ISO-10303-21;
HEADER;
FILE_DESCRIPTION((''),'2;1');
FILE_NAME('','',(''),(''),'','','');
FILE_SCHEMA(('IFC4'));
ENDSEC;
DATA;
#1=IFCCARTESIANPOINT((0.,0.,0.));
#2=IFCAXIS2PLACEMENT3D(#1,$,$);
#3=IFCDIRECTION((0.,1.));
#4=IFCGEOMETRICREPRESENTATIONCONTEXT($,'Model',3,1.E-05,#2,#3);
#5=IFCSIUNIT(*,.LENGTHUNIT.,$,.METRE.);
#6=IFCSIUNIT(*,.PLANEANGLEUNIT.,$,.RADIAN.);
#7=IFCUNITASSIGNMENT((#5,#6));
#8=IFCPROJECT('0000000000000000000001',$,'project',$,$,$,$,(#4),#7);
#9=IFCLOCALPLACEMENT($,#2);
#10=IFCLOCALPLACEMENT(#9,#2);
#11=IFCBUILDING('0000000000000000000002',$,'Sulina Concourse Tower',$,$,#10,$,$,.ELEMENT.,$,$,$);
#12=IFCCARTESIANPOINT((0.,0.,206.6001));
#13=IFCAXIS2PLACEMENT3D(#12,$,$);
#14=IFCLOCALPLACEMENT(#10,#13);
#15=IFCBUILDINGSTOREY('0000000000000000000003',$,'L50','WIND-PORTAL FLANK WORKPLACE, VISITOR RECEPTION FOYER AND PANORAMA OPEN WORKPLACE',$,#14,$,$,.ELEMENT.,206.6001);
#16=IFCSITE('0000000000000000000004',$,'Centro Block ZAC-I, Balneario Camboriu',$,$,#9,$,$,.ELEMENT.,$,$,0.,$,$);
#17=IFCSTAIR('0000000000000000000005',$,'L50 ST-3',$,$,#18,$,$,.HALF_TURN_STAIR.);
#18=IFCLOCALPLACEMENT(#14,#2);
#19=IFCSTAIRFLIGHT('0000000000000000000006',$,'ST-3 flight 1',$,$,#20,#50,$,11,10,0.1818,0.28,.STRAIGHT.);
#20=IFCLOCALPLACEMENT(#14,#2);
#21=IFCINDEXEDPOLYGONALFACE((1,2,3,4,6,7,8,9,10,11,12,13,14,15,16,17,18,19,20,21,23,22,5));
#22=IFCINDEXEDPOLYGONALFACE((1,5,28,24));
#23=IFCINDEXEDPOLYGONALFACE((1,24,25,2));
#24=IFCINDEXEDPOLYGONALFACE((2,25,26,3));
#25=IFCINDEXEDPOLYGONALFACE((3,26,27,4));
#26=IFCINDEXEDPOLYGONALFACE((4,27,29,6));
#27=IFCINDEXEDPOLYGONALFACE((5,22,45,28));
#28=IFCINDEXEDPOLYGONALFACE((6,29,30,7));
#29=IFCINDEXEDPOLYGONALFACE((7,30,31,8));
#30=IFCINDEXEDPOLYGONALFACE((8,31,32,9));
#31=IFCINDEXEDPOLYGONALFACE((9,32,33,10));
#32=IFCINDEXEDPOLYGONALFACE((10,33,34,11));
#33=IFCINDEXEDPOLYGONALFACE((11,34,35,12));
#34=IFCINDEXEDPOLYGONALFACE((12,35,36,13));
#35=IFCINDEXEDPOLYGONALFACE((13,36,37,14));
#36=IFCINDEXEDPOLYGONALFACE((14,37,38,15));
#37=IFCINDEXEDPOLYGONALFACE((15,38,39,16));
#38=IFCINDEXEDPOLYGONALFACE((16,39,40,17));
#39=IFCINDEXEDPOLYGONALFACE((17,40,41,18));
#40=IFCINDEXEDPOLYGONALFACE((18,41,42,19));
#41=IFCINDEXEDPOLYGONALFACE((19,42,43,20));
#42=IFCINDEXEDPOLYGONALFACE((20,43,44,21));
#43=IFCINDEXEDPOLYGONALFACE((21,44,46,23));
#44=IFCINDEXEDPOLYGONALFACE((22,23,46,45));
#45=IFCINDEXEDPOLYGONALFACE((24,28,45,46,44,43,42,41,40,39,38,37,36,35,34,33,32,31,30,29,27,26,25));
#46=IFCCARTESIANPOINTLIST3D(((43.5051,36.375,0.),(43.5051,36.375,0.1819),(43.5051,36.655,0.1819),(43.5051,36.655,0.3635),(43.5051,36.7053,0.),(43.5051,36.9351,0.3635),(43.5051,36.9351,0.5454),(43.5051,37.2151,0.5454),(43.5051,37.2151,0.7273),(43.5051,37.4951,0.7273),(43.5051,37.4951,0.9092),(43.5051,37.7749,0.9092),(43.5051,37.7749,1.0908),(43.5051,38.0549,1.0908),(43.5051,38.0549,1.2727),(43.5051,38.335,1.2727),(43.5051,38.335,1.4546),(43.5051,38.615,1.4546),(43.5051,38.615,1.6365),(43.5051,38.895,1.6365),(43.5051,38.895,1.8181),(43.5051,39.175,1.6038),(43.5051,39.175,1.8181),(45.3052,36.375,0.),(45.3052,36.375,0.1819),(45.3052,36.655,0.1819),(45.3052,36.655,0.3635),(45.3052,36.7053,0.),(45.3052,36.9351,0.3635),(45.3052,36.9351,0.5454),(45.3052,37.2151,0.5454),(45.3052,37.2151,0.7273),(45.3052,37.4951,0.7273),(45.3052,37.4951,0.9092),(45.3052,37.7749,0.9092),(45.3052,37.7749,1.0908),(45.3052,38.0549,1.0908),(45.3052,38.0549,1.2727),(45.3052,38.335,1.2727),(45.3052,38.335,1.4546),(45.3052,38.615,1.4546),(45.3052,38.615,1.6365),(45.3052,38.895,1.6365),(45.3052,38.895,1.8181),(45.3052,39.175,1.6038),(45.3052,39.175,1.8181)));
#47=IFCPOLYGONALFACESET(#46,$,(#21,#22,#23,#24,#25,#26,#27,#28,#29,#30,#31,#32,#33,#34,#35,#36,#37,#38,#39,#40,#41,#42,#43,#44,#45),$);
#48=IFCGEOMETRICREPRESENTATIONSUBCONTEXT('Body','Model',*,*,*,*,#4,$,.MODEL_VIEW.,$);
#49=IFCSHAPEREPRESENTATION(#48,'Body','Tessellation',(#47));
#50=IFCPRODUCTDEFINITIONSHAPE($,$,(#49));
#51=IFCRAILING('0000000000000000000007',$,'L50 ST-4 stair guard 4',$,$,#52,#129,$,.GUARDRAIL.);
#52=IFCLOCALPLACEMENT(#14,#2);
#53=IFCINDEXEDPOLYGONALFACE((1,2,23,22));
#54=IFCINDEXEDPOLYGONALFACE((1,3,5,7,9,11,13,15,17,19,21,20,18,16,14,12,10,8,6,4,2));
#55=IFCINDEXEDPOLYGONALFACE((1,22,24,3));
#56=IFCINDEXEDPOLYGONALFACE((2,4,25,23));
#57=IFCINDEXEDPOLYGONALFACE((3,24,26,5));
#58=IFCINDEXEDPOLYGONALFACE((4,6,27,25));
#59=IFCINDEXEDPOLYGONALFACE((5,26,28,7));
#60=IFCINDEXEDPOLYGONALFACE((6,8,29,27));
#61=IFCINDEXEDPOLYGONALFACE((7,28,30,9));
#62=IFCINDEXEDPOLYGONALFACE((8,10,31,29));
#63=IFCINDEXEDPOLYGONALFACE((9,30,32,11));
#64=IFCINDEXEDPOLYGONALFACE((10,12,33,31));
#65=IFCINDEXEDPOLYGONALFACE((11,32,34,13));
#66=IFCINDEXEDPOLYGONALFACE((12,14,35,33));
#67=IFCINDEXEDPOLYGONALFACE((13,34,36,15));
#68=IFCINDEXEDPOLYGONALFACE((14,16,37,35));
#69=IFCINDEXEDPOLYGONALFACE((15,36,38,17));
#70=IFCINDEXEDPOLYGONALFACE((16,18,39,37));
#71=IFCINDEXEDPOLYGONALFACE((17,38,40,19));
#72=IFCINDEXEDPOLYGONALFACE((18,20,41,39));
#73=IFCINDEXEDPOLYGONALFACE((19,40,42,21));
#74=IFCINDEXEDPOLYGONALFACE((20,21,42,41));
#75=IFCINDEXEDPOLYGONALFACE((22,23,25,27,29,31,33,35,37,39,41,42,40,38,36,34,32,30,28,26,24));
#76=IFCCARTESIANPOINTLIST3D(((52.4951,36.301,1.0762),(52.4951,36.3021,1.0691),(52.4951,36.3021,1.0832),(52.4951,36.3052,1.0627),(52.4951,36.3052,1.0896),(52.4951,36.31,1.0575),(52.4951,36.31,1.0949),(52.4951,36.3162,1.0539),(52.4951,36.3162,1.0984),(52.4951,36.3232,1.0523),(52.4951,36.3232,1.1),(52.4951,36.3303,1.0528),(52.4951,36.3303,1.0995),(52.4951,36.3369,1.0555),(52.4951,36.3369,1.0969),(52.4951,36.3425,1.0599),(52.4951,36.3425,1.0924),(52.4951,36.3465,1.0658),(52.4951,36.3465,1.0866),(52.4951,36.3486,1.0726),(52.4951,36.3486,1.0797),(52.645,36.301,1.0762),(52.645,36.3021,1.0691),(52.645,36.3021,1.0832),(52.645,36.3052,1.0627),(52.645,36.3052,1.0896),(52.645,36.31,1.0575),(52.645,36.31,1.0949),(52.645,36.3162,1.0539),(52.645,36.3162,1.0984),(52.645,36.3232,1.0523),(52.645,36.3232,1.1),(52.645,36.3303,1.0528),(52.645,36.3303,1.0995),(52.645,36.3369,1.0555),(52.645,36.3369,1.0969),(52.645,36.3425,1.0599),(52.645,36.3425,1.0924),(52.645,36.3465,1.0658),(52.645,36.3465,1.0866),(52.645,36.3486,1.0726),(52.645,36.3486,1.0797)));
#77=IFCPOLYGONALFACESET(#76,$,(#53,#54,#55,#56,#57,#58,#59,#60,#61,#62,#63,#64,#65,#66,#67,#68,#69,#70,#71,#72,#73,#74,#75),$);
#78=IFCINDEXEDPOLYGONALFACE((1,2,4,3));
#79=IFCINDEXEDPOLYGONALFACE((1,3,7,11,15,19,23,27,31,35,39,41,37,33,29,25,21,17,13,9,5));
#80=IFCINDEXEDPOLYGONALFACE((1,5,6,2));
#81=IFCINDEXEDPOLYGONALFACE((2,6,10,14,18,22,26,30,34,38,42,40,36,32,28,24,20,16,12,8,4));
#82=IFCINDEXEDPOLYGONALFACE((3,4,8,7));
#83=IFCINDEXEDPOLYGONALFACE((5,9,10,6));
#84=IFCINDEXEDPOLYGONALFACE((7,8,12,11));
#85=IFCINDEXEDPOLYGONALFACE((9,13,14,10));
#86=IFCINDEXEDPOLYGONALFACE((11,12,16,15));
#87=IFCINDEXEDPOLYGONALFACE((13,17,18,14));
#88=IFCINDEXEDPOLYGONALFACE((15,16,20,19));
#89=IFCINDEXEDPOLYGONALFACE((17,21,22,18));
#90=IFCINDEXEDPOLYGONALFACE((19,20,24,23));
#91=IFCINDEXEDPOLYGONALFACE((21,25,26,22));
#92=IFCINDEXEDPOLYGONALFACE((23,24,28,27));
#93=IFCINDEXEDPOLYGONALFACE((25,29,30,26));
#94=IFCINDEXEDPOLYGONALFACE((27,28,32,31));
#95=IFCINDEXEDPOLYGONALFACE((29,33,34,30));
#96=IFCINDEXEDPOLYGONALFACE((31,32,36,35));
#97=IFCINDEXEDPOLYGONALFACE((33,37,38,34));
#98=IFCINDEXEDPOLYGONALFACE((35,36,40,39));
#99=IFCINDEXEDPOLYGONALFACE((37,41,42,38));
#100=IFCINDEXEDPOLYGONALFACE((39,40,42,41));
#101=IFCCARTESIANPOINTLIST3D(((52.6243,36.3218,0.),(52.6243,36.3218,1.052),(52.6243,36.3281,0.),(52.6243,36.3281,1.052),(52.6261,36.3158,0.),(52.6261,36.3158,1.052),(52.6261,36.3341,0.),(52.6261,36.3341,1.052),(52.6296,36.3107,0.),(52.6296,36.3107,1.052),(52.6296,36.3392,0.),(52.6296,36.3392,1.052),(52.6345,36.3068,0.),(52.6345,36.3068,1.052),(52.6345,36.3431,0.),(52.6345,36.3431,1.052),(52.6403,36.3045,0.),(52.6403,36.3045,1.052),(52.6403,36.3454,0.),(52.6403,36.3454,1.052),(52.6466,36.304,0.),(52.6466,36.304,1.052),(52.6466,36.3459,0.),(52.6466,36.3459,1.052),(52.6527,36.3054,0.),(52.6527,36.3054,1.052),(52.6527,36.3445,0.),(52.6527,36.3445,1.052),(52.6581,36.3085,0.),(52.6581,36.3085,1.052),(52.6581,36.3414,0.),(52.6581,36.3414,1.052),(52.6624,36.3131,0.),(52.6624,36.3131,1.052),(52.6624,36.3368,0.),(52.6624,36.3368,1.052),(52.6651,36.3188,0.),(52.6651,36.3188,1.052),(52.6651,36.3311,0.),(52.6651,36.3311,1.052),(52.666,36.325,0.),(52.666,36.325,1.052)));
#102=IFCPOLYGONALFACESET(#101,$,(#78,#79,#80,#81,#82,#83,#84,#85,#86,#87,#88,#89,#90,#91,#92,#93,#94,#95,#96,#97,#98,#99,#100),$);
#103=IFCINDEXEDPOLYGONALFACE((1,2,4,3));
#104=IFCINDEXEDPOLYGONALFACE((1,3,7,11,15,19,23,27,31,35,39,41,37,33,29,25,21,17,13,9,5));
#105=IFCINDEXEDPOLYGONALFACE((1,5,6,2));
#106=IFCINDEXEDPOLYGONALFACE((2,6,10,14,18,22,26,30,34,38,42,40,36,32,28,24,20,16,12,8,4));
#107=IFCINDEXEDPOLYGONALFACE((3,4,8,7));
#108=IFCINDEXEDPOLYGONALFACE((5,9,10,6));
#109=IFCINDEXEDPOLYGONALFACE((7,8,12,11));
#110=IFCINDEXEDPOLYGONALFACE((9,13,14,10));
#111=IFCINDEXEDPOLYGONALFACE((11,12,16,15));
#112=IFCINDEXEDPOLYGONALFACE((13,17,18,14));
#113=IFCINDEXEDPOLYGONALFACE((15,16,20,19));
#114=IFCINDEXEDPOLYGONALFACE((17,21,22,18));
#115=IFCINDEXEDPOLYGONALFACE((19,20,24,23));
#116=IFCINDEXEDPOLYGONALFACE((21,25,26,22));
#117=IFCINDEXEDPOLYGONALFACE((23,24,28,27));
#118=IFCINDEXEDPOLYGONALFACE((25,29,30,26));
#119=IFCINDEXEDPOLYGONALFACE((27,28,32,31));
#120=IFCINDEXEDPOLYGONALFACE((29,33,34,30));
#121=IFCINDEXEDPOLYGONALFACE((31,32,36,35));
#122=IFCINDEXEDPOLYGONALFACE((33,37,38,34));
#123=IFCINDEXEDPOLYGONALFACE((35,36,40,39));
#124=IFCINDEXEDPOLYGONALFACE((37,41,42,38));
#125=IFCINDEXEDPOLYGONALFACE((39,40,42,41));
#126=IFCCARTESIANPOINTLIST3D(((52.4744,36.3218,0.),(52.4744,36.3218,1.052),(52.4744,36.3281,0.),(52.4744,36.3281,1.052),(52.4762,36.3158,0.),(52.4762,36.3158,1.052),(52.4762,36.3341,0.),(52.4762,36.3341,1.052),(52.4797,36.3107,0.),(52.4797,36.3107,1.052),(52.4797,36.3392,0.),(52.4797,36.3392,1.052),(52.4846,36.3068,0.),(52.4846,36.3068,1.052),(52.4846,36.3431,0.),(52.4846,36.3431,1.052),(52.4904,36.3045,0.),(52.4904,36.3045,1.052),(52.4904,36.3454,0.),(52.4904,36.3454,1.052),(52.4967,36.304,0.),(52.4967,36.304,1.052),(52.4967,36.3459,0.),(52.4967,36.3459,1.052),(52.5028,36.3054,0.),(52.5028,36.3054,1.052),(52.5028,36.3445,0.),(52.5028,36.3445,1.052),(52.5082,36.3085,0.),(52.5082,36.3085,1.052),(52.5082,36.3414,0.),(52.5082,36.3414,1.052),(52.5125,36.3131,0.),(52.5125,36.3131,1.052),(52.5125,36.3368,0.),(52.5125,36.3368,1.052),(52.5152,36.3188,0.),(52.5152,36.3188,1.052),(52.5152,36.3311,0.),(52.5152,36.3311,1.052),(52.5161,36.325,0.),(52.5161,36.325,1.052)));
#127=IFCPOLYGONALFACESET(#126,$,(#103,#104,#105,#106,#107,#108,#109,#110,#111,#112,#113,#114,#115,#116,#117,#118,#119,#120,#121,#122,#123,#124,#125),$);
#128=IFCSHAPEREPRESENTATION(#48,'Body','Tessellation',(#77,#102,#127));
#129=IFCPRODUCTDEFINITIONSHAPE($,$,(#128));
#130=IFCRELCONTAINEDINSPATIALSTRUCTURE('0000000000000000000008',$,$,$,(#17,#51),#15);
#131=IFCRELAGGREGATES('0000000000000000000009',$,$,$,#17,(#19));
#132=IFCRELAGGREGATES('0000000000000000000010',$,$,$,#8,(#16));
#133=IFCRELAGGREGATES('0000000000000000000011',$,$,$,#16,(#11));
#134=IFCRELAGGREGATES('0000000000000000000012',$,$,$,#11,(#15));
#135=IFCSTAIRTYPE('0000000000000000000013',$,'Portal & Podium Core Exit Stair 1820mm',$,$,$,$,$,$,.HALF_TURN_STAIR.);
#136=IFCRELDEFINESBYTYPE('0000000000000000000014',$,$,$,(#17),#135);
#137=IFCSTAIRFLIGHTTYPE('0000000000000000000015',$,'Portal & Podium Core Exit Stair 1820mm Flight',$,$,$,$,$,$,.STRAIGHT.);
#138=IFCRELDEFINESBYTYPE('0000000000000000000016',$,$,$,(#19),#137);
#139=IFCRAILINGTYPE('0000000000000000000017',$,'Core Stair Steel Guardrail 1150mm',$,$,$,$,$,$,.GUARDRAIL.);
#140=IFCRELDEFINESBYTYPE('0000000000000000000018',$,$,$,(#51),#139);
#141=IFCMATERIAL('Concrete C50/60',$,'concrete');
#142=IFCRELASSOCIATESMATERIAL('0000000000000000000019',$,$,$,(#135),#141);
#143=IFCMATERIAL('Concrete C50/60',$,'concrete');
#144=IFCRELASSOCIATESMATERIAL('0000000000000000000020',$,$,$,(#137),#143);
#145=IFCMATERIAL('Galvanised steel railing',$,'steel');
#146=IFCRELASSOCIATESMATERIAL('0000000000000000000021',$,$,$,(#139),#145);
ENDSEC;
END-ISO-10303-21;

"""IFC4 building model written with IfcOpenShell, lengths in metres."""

from ifc_helpers import new_model, si_unit, direction, frame, origin, origin_2d, place, context, subcontext, project, spatial, polyline, circle, outline, extrude, material, type_object, element, aggregate, save


model = new_model("IFC4")

# Units and contexts
model_context = context("Model", 3, precision=1e-05, world=origin(), true_north=direction((0.0, 1.0)))
body_context = subcontext(model_context, "Body", "Model", "MODEL_VIEW")
ifc_project = project(units=[si_unit("LENGTHUNIT", "METRE"), si_unit("PLANEANGLEUNIT", "RADIAN")], contexts=[model_context])

# Site, building, storey
site_placement = place(None, origin())
site = spatial("IfcSite", under=ifc_project, at=site_placement, Name="Centro Block ZAC-I, Balneario Camboriu", CompositionType="ELEMENT", RefElevation=0.0)
building_placement = place(site_placement, origin())
building = spatial("IfcBuilding", under=site, at=building_placement, Name="Sulina Concourse Tower", CompositionType="ELEMENT")
storey_placement = place(building_placement, frame((0.0, 0.0, 206.6001)))
storey = spatial("IfcBuildingStorey", under=building, at=storey_placement, Name="L50", Description="WIND-PORTAL FLANK WORKPLACE, VISITOR RECEPTION FOYER AND PANORAMA OPEN WORKPLACE", CompositionType="ELEMENT", Elevation=206.6001)

# Stair, stair flight
ifc_material_1 = material(Name="Concrete C50/60", Category="concrete")
stair_type = type_object("IfcStairType", Name="Portal & Podium Core Exit Stair 1820mm", PredefinedType="HALF_TURN_STAIR", material=ifc_material_1)
stair_placement = place(storey_placement, origin())
stair = element("IfcStair", 1, at=stair_placement, inside=storey, type_object=stair_type, Name="L50 ST-3", PredefinedType="HALF_TURN_STAIR")
ifc_material_2 = material(Name="Concrete C50/60", Category="concrete")
stair_flight_type = type_object("IfcStairFlightType", Name="Portal & Podium Core Exit Stair 1820mm Flight", PredefinedType="STRAIGHT", material=ifc_material_2)
stair_flight_placement = place(storey_placement, frame((44.405, 36.375, 0.0), z_axis=(0.0, 0.0, 1.0), x_axis=(0.0, 1.0, 0.0)))
stair_flight = element("IfcStairFlight", 2, at=stair_flight_placement, type_object=stair_flight_type, Name="ST-3 flight 1", NumberOfRisers=11, NumberOfTreads=10, PredefinedType="STRAIGHT", RiserHeight=0.1818, TreadLength=0.28, context=body_context, shape_type="SweptSolid", body=[
    extrude(outline(polyline([(0.0, 0.0), (0.0, 0.1819), (0.28, 0.1819), (0.28, 0.3635), (0.5601, 0.3635), (0.5601, 0.5454), (0.8401, 0.5454), (0.8401, 0.7273), (1.1201, 0.7273), (1.1201, 0.9092), (1.3999, 0.9092), (1.3999, 1.0908), (1.6799, 1.0908), (1.6799, 1.2727), (1.96, 1.2727), (1.96, 1.4546), (2.24, 1.4546), (2.24, 1.6365), (2.52, 1.6365), (2.52, 1.8181), (2.8, 1.8181), (2.8, 2.0), (2.8, 1.6038), (0.3303, 0.0), (0.0, 0.0)])), frame((0.0, 0.8999, 0.0), z_axis=(0.0, -1.0, 0.0), x_axis=(1.0, 0.0, 0.0)), (0.0, 0.0, 1.0), 1.8),
])
aggregate(stair, [stair_flight])

# Railing
ifc_material_3 = material(Name="Galvanised steel railing", Category="steel")
railing_type_1 = type_object("IfcRailingType", Name="Core Stair Steel Guardrail 1150mm", PredefinedType="GUARDRAIL", material=ifc_material_3)
railing_1_placement = place(storey_placement, frame((52.645, 36.325, 0.0)))
element("IfcRailing", 3, at=railing_1_placement, inside=storey, type_object=railing_type_1, Name="L50 ST-4 stair guard 4", PredefinedType="GUARDRAIL", context=body_context, shape_type="SweptSolid", body=[
    extrude(circle(Radius=0.0239, at=origin_2d()), frame((0.0, 0.0, 1.0762), z_axis=(-1.0, 0.0, 0.0), x_axis=(0.0, -1.0, 0.0)), (0.0, 0.0, 1.0), 0.1499),
    extrude(circle(Radius=0.021, at=origin_2d()), origin(), (0.0, 0.0, 1.0), 1.052),
    extrude(circle(Radius=0.021, at=origin_2d()), frame((-0.1499, 0.0, 0.0)), (0.0, 0.0, 1.0), 1.052),
])

save(model, "model.ifc")
